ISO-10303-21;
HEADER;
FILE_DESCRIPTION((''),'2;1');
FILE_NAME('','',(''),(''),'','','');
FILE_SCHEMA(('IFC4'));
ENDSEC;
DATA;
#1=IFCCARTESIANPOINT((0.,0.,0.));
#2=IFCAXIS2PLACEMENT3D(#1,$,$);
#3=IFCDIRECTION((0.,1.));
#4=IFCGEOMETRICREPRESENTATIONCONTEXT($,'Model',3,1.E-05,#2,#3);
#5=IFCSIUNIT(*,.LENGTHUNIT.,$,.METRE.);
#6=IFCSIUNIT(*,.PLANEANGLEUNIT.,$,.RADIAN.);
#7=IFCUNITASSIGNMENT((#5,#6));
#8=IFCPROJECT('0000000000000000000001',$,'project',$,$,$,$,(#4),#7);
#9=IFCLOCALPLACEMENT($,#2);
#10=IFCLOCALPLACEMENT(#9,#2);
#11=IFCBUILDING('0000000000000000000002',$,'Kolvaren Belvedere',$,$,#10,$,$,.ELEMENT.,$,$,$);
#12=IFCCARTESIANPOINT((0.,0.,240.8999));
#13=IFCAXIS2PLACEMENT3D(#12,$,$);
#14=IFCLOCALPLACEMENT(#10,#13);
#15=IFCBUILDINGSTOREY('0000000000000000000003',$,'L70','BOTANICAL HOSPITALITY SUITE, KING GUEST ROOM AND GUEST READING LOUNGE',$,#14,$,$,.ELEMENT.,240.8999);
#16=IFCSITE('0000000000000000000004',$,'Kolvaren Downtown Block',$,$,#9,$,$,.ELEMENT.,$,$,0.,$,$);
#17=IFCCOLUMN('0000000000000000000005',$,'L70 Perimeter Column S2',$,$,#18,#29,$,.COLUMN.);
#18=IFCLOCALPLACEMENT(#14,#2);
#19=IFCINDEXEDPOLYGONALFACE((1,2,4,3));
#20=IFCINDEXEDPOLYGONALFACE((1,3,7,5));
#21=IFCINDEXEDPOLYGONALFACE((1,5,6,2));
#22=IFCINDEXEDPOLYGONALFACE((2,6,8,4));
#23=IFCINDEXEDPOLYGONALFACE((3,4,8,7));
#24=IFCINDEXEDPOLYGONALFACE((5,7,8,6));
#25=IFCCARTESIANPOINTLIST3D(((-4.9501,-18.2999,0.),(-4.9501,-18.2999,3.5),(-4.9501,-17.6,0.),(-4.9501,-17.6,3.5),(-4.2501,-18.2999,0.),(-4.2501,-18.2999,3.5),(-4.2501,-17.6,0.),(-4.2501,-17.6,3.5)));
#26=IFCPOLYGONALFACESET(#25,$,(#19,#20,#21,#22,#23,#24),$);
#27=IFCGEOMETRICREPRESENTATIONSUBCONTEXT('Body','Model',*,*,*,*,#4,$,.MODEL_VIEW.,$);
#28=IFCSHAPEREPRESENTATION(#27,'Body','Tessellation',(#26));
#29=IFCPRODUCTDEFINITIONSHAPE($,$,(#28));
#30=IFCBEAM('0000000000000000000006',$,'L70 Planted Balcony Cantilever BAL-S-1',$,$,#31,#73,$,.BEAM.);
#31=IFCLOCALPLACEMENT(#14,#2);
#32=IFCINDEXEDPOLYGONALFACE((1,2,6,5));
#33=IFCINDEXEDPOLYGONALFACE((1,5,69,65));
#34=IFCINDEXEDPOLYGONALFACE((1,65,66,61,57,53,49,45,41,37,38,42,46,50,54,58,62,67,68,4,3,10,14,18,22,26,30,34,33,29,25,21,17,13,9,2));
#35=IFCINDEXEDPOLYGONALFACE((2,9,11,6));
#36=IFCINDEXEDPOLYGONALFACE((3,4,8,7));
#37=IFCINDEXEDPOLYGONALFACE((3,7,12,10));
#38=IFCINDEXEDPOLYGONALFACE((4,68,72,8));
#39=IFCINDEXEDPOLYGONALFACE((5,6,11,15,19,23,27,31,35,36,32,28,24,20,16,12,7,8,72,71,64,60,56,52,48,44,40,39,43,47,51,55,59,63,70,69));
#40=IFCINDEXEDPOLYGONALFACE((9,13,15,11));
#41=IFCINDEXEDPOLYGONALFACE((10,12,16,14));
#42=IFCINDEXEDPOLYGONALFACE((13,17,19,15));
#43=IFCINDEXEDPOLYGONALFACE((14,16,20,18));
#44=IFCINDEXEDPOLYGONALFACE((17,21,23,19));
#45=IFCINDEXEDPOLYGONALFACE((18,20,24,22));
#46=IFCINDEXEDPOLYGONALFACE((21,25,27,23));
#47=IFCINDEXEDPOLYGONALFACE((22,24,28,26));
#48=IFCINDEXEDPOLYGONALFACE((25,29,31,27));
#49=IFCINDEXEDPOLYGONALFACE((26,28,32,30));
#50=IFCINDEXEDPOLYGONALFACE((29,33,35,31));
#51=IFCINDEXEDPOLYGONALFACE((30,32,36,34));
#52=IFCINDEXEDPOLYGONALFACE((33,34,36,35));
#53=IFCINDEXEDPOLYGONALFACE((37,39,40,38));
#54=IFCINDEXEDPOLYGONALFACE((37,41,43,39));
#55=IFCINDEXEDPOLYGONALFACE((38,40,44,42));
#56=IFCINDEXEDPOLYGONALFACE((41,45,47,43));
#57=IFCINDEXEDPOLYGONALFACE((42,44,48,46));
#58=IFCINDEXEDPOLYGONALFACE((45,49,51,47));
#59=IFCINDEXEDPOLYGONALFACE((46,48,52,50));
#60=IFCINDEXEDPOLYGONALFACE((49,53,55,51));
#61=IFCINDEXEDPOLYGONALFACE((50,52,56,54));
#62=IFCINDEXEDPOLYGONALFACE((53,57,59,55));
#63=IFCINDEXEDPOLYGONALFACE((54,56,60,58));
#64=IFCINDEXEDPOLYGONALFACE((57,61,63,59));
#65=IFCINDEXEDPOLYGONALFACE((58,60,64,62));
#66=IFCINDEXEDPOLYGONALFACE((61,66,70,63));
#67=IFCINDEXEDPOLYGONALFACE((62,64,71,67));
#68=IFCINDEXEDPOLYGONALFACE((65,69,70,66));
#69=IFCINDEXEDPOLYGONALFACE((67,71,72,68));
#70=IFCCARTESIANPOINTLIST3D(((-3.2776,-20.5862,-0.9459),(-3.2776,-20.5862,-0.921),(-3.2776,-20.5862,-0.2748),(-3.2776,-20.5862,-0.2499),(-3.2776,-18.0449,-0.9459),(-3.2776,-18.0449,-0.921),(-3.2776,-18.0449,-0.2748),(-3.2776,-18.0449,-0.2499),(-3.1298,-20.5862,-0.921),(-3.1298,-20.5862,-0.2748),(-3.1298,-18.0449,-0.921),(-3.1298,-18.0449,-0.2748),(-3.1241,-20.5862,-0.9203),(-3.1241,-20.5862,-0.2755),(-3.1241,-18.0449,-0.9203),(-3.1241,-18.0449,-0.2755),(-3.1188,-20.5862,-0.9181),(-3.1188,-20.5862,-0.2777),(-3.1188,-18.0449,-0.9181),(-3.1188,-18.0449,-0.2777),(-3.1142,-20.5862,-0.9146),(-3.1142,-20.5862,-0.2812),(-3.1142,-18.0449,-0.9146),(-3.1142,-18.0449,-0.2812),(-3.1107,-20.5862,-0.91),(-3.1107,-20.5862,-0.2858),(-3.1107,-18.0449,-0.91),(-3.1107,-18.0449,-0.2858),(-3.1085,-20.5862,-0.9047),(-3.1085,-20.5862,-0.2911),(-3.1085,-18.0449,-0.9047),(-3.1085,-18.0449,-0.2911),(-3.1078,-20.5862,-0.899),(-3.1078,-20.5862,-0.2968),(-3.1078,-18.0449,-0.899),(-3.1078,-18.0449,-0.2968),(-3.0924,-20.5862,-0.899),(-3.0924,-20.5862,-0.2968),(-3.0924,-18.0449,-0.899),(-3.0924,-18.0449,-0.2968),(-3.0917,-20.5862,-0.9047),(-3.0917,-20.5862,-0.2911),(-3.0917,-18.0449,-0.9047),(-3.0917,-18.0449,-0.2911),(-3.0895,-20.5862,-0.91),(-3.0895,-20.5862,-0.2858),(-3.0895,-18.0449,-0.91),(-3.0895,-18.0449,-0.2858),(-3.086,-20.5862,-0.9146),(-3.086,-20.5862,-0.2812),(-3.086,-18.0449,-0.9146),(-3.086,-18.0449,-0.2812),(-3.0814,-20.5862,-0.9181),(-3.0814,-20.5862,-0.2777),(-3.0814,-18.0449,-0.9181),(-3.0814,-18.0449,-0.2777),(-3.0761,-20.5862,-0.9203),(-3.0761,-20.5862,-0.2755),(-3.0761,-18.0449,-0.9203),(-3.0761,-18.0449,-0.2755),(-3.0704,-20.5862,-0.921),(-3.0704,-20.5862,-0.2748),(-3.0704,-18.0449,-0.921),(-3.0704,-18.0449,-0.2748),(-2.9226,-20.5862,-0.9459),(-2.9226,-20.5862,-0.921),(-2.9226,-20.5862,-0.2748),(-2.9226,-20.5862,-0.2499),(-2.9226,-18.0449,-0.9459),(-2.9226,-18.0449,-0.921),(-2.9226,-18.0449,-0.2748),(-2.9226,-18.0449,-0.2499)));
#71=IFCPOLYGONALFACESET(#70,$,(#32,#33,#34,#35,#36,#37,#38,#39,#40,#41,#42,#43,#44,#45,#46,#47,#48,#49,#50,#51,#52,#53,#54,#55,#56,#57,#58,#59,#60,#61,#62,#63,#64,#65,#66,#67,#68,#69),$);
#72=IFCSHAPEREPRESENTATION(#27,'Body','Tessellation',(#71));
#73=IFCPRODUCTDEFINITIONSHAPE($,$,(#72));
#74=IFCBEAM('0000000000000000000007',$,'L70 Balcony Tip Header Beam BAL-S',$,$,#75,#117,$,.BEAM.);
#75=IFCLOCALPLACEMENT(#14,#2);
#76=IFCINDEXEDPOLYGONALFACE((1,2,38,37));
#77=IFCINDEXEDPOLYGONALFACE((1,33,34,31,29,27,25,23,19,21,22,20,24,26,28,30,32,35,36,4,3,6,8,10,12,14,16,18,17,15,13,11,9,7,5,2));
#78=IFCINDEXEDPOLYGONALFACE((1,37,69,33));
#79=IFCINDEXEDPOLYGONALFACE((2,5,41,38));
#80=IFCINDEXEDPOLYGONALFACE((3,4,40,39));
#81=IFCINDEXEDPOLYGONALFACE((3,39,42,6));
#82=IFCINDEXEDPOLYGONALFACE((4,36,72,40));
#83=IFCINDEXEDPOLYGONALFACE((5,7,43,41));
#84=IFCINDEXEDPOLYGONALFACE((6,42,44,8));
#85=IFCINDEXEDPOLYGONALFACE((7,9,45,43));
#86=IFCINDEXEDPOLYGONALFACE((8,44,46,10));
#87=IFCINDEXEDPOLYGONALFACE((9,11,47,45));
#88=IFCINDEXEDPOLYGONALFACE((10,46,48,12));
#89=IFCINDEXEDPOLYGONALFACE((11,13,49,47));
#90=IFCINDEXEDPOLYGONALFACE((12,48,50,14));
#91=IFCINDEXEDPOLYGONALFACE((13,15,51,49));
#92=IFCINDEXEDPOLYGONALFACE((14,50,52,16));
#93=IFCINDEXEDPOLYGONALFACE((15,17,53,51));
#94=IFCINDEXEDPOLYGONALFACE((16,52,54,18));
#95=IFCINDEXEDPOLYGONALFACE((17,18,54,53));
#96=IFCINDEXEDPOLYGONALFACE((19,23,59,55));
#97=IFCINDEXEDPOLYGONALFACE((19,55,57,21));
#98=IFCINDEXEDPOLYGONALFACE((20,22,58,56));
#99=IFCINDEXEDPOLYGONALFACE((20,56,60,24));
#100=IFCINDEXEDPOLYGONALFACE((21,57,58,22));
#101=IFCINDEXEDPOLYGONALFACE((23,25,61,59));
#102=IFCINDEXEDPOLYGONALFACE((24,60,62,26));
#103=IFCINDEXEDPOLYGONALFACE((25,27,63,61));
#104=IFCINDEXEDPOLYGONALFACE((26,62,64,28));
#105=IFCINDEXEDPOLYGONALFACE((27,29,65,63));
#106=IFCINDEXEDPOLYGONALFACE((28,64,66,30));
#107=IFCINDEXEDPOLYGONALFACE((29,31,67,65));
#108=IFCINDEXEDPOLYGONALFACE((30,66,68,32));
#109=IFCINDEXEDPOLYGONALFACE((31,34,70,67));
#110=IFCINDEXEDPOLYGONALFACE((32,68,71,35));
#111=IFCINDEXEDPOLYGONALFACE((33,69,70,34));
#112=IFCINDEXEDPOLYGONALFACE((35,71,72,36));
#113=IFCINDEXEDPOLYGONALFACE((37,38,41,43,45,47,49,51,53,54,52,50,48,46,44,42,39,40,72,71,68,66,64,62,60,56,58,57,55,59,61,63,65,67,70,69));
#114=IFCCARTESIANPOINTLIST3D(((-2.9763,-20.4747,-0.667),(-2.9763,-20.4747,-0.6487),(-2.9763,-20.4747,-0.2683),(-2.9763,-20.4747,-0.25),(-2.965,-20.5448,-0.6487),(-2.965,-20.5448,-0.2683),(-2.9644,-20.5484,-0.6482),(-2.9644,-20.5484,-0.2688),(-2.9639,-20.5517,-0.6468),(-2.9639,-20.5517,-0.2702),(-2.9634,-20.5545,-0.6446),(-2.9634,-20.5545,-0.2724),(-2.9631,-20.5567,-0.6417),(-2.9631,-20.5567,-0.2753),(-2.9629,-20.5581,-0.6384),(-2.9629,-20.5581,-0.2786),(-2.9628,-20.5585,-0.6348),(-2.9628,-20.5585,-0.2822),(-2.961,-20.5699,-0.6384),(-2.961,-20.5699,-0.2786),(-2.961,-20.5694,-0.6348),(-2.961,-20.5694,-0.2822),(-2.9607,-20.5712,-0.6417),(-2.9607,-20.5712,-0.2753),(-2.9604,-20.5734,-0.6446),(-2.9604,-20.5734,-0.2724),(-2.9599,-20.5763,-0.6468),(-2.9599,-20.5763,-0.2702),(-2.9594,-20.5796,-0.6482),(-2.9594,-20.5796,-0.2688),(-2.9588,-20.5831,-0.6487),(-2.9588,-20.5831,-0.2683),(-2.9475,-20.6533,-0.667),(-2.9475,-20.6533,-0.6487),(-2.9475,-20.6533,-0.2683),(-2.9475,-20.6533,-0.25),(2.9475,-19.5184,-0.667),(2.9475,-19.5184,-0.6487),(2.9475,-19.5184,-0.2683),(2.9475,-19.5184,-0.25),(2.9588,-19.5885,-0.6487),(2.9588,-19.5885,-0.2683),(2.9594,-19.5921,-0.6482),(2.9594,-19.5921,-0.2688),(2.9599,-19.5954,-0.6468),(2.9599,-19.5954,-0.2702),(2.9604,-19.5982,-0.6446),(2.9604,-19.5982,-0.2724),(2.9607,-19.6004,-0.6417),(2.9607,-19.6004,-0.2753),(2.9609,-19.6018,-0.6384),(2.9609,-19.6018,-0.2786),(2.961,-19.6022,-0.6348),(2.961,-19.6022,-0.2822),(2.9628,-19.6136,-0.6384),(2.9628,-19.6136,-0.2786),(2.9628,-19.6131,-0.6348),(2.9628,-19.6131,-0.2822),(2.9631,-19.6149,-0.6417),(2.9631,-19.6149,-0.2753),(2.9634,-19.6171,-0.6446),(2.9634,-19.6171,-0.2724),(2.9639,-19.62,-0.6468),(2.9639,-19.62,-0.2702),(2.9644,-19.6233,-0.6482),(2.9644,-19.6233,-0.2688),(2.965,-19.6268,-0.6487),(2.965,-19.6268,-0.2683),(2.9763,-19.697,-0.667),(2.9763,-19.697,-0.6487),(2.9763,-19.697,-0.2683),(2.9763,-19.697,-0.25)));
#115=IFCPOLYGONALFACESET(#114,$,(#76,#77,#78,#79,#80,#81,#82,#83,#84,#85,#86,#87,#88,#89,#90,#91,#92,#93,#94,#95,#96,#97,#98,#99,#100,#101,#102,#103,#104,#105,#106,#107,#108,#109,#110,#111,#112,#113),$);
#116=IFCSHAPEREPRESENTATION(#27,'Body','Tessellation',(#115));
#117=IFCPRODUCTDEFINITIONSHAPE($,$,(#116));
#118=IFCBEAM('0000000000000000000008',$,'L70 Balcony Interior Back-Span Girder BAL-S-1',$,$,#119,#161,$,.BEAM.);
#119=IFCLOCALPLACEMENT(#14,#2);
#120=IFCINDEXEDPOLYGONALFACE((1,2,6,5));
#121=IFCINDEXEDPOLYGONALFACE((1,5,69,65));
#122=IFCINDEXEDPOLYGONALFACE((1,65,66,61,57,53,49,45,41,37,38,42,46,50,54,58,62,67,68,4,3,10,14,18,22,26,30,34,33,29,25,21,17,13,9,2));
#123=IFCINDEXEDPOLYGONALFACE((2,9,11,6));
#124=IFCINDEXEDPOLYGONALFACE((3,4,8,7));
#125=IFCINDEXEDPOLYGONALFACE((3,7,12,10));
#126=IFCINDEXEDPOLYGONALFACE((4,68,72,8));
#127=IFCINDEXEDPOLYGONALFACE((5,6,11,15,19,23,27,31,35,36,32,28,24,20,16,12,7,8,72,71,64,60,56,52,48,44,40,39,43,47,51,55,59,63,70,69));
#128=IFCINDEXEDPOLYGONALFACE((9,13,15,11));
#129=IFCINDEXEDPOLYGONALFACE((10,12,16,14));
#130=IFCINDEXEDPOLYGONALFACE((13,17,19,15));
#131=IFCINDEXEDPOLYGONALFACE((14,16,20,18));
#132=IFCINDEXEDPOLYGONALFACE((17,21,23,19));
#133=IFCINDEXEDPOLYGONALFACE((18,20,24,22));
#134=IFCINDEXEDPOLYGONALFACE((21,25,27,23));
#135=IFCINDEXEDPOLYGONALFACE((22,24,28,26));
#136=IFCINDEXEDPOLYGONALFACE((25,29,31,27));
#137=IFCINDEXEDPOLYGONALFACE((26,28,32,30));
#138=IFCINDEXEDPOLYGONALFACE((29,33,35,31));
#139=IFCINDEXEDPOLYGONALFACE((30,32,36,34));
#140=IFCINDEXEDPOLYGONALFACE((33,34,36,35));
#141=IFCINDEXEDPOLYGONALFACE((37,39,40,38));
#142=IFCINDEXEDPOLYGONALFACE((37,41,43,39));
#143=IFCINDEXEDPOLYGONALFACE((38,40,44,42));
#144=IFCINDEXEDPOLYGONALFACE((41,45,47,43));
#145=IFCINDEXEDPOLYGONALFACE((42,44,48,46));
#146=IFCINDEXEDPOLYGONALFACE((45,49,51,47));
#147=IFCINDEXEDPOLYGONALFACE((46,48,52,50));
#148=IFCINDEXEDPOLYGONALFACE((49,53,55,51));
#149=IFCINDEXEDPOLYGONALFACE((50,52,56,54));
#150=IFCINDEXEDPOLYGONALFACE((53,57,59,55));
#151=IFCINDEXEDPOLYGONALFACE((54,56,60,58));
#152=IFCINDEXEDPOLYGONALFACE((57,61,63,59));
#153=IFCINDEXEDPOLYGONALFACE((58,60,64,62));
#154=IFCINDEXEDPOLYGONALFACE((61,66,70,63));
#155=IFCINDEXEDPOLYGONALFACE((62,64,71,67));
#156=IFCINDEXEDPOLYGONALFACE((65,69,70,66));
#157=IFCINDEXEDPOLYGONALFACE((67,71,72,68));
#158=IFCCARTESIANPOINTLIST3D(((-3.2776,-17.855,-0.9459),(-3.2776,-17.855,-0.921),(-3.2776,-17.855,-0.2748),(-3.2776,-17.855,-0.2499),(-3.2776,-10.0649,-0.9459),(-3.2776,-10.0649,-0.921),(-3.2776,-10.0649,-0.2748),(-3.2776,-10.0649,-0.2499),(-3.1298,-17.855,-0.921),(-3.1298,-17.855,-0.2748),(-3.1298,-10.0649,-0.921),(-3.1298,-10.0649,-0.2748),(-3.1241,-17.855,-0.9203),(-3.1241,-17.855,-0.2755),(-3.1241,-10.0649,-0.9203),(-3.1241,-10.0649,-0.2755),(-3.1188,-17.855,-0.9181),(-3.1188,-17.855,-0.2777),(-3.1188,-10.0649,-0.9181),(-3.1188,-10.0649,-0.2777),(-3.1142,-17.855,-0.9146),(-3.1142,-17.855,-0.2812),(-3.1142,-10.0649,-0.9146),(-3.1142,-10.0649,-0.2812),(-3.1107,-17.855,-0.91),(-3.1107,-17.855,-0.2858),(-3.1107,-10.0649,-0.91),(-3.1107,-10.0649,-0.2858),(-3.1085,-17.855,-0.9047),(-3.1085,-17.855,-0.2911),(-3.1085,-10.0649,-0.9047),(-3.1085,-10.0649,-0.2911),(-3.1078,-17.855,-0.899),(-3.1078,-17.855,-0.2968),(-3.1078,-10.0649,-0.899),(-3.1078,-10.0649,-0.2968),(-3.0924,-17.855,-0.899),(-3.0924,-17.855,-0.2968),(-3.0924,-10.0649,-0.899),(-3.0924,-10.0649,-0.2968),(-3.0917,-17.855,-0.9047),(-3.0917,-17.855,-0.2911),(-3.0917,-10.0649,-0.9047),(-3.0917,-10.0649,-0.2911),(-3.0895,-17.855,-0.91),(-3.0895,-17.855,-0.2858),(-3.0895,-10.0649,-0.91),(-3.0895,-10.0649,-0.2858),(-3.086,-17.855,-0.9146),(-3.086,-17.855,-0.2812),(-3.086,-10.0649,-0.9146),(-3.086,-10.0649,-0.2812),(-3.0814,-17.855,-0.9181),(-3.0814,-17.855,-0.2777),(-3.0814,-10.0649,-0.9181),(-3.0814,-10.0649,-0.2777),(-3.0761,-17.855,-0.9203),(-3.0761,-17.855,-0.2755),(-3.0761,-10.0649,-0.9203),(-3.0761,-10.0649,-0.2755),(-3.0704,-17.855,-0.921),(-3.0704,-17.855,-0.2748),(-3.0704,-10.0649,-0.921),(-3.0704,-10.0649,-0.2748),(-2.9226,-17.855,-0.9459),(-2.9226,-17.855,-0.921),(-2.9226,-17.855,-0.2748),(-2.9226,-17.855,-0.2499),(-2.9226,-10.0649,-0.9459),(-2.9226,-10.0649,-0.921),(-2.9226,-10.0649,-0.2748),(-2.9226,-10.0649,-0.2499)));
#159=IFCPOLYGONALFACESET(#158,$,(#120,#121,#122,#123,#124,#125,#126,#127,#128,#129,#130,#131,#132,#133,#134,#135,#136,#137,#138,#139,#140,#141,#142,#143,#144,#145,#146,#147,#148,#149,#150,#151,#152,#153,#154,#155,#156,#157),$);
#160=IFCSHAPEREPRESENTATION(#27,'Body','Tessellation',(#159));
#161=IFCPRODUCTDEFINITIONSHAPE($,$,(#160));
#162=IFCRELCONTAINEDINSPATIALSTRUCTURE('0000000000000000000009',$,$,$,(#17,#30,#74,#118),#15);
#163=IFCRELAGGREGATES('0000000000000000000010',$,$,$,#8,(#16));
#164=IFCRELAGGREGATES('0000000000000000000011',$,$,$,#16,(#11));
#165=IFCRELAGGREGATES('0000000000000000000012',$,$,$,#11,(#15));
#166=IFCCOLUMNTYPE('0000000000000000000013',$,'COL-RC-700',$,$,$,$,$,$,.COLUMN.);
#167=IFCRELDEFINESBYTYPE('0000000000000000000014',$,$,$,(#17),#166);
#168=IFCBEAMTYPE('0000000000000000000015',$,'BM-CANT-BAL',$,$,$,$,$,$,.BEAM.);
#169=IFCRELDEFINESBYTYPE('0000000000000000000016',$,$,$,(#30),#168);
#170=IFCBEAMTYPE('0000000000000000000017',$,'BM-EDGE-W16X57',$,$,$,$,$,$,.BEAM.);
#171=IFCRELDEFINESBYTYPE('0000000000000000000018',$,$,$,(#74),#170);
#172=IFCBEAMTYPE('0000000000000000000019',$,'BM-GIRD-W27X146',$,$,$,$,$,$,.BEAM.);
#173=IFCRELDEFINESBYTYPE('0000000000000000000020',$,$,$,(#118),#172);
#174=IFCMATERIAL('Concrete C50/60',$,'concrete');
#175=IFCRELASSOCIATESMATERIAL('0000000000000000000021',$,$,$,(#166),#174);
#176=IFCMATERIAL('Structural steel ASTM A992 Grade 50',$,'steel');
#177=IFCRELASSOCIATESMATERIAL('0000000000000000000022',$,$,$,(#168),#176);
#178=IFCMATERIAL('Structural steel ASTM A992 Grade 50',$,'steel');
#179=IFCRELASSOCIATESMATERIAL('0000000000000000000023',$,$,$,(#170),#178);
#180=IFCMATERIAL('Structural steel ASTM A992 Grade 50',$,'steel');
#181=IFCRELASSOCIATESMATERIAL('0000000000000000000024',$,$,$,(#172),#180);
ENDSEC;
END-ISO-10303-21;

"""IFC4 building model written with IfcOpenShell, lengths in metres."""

from ifc_helpers import new_model, si_unit, direction, frame, origin, origin_2d, place, context, subcontext, project, spatial, rectangle, i_section, extrude, material, material_profile, profile_set, type_object, element, save


model = new_model("IFC4")

# Units and contexts
model_context = context("Model", 3, precision=1e-05, world=origin(), true_north=direction((0.0, 1.0)))
body_context = subcontext(model_context, "Body", "Model", "MODEL_VIEW")
ifc_project = project(units=[si_unit("LENGTHUNIT", "METRE"), si_unit("PLANEANGLEUNIT", "RADIAN")], contexts=[model_context])

# Site, building, storey
site_placement = place(None, origin())
site = spatial("IfcSite", under=ifc_project, at=site_placement, Name="Kolvaren Downtown Block", CompositionType="ELEMENT", RefElevation=0.0)
building_placement = place(site_placement, origin())
building = spatial("IfcBuilding", under=site, at=building_placement, Name="Kolvaren Belvedere", CompositionType="ELEMENT")
storey_placement = place(building_placement, frame((0.0, 0.0, 240.8999)))
storey = spatial("IfcBuildingStorey", under=building, at=storey_placement, Name="L70", Description="BOTANICAL HOSPITALITY SUITE, KING GUEST ROOM AND GUEST READING LOUNGE", CompositionType="ELEMENT", Elevation=240.8999)

# Column
ifc_material_1 = material(Name="Concrete C50/60", Category="concrete")
ifc_material_profile_1 = material_profile(ifc_material_1, rectangle(XDim=0.7, YDim=0.7, at=origin_2d()), Name="RC 700X700")
ifc_profile_set_1 = profile_set([ifc_material_profile_1], Name="Concrete C50/60")
column_type = type_object("IfcColumnType", Name="COL-RC-700", PredefinedType="COLUMN", material=ifc_profile_set_1)
column_placement = place(storey_placement, frame((-4.6001, -17.95, 0.0), z_axis=(0.0, 0.0, 1.0), x_axis=(1.0, 0.0, 0.0)))
element("IfcColumn", 1, at=column_placement, inside=storey, type_object=column_type, Name="L70 Perimeter Column S2", PredefinedType="COLUMN", context=body_context, shape_type="SweptSolid", body=[
    extrude(rectangle(XDim=0.7, YDim=0.7, at=origin_2d()), origin(), (0.0, 0.0, 1.0), 3.5),
])

# Beams
ifc_material_2 = material(Name="Structural steel ASTM A992 Grade 50", Category="steel")
ifc_material_profile_2 = material_profile(ifc_material_2, i_section(OverallWidth=0.355, OverallDepth=0.696, WebThickness=0.0154, FlangeThickness=0.0249, FilletRadius=0.022, at=origin_2d()), Name="W27X146")
ifc_profile_set_2 = profile_set([ifc_material_profile_2], Name="Structural steel ASTM A992 Grade 50")
beam_type_1 = type_object("IfcBeamType", Name="BM-CANT-BAL", PredefinedType="BEAM", material=ifc_profile_set_2)
beam_1_placement = place(storey_placement, frame((-3.1001, -18.0449, -0.5979), z_axis=(0.0, -1.0, 0.0), x_axis=(1.0, 0.0, 0.0)))
element("IfcBeam", 2, at=beam_1_placement, inside=storey, type_object=beam_type_1, Name="L70 Planted Balcony Cantilever BAL-S-1", PredefinedType="BEAM", context=body_context, shape_type="SweptSolid", body=[
    extrude(i_section(OverallWidth=0.355, OverallDepth=0.696, WebThickness=0.0154, FlangeThickness=0.0249, FilletRadius=0.022, at=origin_2d()), origin(), (0.0, 0.0, 1.0), 2.5413),
])
ifc_material_3 = material(Name="Structural steel ASTM A992 Grade 50", Category="steel")
ifc_material_profile_3 = material_profile(ifc_material_3, i_section(OverallWidth=0.1809, OverallDepth=0.417, WebThickness=0.011, FlangeThickness=0.0183, FilletRadius=0.0139, at=origin_2d()), Name="W16X57")
ifc_profile_set_3 = profile_set([ifc_material_profile_3], Name="Structural steel ASTM A992 Grade 50")
beam_type_2 = type_object("IfcBeamType", Name="BM-EDGE-W16X57", PredefinedType="BEAM", material=ifc_profile_set_3)
beam_2_placement = place(storey_placement, frame((-2.9619, -20.564, -0.4585), z_axis=(0.987219, 0.159369, 0.0), x_axis=(-0.159369, 0.987219, 0.0)))
element("IfcBeam", 3, at=beam_2_placement, inside=storey, type_object=beam_type_2, Name="L70 Balcony Tip Header Beam BAL-S", PredefinedType="BEAM", context=body_context, shape_type="SweptSolid", body=[
    extrude(i_section(OverallWidth=0.1809, OverallDepth=0.417, WebThickness=0.011, FlangeThickness=0.0183, FilletRadius=0.0139, at=origin_2d()), origin(), (0.0, 0.0, 1.0), 6.0005),
])
ifc_material_4 = material(Name="Structural steel ASTM A992 Grade 50", Category="steel")
ifc_material_profile_4 = material_profile(ifc_material_4, i_section(OverallWidth=0.355, OverallDepth=0.696, WebThickness=0.0154, FlangeThickness=0.0249, FilletRadius=0.022, at=origin_2d()), Name="W27X146")
ifc_profile_set_4 = profile_set([ifc_material_profile_4], Name="Structural steel ASTM A992 Grade 50")
beam_type_3 = type_object("IfcBeamType", Name="BM-GIRD-W27X146", PredefinedType="BEAM", material=ifc_profile_set_4)
beam_3_placement = place(storey_placement, frame((-3.1001, -10.0649, -0.5979), z_axis=(0.0, -1.0, 0.0), x_axis=(1.0, 0.0, 0.0)))
element("IfcBeam", 4, at=beam_3_placement, inside=storey, type_object=beam_type_3, Name="L70 Balcony Interior Back-Span Girder BAL-S-1", PredefinedType="BEAM", context=body_context, shape_type="SweptSolid", body=[
    extrude(i_section(OverallWidth=0.355, OverallDepth=0.696, WebThickness=0.0154, FlangeThickness=0.0249, FilletRadius=0.022, at=origin_2d()), origin(), (0.0, 0.0, 1.0), 7.79),
])

save(model, "model.ifc")
